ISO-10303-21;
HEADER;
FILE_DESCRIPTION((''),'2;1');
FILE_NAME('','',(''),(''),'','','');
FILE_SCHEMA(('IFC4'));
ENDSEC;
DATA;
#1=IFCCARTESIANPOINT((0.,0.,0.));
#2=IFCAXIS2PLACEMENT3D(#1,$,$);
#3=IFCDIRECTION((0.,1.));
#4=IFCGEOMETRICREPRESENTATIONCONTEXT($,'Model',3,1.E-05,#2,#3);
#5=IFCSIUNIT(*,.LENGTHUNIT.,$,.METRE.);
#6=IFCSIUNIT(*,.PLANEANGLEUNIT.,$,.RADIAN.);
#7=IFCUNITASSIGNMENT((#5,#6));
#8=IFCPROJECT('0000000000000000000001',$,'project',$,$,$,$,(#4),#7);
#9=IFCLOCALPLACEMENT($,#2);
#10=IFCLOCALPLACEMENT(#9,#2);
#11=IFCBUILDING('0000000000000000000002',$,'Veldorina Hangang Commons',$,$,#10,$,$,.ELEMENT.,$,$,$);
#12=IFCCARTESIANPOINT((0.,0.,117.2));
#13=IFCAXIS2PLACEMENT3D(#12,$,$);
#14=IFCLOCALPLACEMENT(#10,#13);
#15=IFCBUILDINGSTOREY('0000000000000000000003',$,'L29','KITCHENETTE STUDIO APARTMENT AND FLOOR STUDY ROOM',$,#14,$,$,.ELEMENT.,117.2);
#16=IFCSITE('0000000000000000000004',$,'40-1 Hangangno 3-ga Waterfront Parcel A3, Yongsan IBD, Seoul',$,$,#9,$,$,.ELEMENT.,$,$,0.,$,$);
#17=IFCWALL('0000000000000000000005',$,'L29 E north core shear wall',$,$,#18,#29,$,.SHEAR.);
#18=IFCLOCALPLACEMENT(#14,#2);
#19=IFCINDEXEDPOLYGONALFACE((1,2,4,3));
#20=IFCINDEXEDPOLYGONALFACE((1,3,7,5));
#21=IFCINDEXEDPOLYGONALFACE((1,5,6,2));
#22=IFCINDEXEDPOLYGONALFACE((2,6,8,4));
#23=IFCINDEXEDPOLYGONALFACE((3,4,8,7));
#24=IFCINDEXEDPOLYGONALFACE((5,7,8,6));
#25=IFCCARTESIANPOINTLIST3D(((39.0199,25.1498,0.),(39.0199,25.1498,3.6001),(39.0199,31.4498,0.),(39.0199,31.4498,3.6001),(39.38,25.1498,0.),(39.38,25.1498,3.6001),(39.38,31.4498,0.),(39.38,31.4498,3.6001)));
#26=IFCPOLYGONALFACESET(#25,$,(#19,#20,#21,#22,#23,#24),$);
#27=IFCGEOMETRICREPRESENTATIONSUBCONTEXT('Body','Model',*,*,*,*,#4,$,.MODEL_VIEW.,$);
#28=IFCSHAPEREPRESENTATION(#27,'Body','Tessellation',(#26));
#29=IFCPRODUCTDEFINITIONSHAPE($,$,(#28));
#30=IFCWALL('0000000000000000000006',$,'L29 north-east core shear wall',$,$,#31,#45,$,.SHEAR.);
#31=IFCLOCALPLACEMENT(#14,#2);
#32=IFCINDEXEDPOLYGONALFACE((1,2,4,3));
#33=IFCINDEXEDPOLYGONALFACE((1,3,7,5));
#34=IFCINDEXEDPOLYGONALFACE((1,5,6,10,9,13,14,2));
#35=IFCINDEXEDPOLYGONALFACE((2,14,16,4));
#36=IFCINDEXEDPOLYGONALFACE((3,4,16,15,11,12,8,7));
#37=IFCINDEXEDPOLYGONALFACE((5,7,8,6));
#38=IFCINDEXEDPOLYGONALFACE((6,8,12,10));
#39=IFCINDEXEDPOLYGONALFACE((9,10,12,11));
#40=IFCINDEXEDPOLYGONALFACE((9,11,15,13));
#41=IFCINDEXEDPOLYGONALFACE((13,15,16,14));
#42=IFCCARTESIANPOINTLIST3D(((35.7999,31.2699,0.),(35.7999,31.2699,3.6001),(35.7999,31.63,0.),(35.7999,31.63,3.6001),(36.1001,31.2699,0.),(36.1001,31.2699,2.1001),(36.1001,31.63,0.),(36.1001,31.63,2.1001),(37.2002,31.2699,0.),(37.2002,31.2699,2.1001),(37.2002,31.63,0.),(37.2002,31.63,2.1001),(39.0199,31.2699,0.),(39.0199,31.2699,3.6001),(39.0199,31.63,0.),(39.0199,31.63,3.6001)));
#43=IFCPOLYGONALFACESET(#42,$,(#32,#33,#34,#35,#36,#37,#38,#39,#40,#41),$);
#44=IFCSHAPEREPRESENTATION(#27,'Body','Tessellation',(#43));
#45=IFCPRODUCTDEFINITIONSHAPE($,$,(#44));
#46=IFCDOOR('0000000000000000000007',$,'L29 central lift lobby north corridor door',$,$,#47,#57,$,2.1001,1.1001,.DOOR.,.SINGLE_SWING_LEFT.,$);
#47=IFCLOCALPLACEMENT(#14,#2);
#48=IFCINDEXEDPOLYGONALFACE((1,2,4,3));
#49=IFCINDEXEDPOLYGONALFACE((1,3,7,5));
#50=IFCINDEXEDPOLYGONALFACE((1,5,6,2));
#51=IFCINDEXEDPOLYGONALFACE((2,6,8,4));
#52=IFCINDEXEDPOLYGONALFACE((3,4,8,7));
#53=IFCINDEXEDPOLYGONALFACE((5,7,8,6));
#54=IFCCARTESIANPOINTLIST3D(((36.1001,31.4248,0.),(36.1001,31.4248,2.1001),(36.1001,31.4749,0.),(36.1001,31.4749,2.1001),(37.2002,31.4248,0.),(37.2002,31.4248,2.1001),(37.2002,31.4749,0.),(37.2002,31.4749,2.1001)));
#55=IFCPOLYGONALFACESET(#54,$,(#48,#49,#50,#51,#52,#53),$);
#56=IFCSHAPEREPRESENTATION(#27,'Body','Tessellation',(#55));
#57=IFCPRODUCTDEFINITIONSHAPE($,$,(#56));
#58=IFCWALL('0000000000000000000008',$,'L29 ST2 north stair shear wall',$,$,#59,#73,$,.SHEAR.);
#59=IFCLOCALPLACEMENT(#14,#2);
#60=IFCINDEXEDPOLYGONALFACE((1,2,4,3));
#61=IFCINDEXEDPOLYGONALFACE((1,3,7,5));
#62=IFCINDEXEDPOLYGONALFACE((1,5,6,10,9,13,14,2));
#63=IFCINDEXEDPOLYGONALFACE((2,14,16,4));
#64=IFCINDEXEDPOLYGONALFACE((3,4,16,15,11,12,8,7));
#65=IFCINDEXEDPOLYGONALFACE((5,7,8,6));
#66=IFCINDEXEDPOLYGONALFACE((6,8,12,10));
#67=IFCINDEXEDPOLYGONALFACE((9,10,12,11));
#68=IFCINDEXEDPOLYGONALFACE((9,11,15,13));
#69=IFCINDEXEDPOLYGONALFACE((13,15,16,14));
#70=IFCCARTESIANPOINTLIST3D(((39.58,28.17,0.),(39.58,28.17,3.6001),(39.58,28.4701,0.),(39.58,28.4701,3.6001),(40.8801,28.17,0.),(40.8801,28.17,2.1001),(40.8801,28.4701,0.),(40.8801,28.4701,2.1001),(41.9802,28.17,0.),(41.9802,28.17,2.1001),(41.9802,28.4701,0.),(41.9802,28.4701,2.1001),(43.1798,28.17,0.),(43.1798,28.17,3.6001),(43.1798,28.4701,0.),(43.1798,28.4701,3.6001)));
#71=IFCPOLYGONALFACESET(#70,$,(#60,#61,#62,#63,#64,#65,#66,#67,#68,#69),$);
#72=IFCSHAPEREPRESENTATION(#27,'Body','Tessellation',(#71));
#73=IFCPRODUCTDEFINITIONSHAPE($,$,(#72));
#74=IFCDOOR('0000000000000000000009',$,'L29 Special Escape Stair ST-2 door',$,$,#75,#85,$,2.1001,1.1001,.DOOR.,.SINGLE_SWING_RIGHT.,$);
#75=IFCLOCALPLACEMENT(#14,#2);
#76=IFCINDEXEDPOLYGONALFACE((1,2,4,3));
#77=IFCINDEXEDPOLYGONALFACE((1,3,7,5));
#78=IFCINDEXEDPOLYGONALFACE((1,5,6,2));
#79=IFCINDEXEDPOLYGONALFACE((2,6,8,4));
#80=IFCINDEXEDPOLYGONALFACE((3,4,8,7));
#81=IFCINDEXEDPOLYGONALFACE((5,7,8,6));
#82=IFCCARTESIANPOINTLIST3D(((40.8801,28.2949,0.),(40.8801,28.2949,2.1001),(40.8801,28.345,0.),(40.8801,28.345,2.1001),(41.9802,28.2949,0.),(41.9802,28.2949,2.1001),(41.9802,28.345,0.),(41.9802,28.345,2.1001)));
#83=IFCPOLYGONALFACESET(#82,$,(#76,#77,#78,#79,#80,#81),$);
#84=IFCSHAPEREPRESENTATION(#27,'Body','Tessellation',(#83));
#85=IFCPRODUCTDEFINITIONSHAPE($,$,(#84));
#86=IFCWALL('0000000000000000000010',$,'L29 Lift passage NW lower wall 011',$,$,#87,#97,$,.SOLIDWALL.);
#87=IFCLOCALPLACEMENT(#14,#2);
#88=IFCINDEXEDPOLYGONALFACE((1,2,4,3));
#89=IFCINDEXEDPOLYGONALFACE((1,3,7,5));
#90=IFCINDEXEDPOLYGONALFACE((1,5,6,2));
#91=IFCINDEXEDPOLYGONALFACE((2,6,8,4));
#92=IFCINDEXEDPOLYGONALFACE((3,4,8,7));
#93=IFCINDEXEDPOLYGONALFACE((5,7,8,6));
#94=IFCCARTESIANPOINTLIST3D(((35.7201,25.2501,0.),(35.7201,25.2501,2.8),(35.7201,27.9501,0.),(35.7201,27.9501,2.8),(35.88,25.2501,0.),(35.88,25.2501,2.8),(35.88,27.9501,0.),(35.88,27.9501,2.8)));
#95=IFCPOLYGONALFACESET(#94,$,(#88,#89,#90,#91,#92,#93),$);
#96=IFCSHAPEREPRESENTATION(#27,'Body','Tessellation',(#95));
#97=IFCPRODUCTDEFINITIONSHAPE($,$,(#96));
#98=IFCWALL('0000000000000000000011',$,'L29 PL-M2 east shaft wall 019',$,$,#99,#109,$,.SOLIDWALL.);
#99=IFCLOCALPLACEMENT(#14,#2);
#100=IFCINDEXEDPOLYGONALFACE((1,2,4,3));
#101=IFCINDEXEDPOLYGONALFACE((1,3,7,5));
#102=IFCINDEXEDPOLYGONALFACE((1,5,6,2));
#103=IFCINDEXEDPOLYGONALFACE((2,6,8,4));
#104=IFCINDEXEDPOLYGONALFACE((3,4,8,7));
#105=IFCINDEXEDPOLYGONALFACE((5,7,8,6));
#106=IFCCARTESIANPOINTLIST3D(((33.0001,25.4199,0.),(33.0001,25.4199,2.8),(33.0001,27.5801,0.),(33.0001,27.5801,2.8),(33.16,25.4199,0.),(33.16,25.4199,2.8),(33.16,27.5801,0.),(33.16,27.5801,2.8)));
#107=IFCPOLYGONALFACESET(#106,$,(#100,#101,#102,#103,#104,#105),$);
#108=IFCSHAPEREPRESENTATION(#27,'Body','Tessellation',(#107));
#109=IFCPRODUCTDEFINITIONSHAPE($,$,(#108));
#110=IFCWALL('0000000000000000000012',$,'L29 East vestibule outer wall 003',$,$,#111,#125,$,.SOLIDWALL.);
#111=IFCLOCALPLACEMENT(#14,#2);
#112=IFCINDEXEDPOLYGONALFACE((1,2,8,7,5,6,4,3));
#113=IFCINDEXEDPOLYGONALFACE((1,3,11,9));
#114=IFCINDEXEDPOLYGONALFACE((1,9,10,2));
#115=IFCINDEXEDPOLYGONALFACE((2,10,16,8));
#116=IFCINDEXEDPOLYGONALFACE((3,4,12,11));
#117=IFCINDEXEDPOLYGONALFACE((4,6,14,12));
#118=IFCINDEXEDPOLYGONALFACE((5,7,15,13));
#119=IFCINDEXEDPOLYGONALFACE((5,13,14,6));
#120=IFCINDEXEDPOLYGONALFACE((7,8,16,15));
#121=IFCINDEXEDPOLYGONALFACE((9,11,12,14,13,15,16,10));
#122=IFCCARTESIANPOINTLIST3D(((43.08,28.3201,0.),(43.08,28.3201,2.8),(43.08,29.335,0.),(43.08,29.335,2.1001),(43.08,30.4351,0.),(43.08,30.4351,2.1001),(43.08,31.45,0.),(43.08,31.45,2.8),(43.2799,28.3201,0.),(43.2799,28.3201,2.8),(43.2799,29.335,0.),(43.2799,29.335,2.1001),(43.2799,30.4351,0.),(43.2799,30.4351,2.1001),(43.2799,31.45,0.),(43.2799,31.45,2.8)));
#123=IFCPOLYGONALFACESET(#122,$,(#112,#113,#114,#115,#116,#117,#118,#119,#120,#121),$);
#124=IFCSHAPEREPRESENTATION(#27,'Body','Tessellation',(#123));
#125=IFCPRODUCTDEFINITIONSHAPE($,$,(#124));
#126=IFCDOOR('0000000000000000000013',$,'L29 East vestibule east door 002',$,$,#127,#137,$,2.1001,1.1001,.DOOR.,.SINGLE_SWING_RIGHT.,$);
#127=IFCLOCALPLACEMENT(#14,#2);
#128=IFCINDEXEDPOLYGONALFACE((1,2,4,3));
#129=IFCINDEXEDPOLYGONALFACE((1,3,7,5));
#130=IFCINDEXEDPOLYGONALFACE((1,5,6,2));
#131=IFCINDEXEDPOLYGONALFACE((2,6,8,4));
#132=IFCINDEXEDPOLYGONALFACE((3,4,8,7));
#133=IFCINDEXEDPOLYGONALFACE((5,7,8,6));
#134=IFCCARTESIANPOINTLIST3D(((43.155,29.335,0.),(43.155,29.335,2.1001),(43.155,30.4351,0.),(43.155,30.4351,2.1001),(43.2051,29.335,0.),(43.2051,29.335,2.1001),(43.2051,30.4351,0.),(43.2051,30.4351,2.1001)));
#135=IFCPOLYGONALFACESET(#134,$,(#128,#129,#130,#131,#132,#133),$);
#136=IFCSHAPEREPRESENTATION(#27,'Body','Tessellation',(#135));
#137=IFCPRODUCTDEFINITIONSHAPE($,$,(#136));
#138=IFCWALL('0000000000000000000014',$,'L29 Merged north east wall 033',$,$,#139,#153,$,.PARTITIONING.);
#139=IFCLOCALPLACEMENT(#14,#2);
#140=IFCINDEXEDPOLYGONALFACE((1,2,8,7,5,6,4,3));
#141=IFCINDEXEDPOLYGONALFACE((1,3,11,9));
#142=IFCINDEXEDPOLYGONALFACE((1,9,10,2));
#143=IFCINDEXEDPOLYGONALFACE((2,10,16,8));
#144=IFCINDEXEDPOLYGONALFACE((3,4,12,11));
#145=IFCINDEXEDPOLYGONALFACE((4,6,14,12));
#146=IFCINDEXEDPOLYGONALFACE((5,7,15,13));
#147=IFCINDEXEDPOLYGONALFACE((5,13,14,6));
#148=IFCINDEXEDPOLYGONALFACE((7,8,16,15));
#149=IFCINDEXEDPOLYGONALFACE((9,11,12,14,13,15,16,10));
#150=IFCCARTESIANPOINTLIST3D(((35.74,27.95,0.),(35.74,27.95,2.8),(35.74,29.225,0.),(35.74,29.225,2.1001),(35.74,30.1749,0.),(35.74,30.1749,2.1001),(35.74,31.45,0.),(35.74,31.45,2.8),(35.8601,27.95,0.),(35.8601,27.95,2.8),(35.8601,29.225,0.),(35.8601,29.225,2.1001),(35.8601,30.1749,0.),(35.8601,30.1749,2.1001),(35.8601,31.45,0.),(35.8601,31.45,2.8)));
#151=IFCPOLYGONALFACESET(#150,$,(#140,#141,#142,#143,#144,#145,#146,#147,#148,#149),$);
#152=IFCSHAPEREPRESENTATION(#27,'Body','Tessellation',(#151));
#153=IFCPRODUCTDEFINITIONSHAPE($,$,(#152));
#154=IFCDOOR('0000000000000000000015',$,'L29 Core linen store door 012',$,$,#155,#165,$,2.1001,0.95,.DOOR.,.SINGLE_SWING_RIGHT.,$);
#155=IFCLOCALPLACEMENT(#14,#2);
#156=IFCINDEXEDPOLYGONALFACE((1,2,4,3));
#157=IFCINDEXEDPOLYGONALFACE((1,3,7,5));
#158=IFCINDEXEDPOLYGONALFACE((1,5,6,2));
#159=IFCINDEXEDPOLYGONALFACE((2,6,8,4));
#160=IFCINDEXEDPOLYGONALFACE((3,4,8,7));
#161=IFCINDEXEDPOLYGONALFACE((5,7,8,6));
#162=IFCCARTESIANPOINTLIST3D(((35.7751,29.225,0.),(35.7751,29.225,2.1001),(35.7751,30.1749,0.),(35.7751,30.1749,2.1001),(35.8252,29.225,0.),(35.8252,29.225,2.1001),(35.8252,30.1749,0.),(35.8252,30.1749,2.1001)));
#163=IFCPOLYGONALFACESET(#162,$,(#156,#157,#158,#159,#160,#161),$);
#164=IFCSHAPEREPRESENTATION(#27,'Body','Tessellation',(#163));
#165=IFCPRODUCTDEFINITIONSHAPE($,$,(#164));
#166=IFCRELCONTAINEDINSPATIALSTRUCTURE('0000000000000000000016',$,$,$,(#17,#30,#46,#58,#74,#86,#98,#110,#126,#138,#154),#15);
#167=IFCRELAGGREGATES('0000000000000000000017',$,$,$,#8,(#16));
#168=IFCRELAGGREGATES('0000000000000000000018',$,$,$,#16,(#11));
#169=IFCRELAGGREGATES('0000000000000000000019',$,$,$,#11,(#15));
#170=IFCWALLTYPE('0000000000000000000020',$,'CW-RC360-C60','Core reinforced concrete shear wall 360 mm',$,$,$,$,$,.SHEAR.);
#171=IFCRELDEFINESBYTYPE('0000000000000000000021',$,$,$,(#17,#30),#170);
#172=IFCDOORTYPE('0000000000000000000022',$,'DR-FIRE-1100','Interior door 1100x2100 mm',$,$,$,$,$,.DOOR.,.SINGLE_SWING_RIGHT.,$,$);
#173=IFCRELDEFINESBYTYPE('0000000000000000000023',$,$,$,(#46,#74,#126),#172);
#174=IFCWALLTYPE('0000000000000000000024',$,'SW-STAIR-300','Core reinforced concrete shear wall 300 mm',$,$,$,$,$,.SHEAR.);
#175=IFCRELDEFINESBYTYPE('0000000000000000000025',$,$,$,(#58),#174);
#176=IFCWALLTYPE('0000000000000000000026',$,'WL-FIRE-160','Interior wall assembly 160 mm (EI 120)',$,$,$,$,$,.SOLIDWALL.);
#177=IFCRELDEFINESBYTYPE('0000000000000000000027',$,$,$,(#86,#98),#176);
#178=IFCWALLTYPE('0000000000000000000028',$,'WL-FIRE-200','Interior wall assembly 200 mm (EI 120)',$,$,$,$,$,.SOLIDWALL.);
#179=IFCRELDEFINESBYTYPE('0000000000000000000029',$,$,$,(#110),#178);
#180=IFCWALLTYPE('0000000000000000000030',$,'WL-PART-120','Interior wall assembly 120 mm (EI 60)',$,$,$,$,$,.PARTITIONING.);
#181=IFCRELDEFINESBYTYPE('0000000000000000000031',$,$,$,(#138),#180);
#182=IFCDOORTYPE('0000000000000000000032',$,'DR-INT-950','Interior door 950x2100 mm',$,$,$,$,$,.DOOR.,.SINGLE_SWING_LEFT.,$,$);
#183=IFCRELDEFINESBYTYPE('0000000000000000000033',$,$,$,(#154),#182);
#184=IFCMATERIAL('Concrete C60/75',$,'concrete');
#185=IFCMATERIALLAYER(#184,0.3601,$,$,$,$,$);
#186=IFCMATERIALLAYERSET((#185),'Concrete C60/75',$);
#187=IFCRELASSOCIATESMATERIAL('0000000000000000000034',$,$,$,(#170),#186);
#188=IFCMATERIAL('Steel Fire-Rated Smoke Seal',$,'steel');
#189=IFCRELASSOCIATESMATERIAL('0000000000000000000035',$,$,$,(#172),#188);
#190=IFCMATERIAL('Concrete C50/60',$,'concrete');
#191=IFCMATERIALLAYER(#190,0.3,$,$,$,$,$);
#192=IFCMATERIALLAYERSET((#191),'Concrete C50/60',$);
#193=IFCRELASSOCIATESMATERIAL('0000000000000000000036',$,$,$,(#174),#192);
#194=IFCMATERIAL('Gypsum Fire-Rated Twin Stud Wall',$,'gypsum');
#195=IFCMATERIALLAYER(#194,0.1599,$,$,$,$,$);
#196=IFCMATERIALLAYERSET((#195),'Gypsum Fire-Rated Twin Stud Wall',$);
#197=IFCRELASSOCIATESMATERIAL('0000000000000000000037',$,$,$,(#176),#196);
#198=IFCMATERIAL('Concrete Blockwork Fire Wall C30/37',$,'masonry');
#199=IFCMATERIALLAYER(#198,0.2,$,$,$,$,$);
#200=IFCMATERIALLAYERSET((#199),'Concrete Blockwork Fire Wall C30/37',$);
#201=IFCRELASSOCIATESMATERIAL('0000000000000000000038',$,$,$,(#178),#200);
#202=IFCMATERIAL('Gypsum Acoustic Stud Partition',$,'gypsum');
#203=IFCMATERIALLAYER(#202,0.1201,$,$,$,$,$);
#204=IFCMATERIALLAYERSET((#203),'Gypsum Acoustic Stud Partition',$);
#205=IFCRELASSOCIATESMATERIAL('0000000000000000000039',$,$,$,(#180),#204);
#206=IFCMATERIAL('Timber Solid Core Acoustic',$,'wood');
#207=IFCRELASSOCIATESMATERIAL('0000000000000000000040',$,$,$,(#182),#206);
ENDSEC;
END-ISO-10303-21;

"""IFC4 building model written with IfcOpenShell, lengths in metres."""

from ifc_helpers import new_model, si_unit, direction, frame, frame_2d, origin, place, context, subcontext, project, spatial, rectangle, extrude, material, layer, layer_set, type_object, element, fill, save


model = new_model("IFC4")

# Units and contexts
model_context = context("Model", 3, precision=1e-05, world=origin(), true_north=direction((0.0, 1.0)))
body_context = subcontext(model_context, "Body", "Model", "MODEL_VIEW")
ifc_project = project(units=[si_unit("LENGTHUNIT", "METRE"), si_unit("PLANEANGLEUNIT", "RADIAN")], contexts=[model_context])

# Site, building, storey
site_placement = place(None, origin())
site = spatial("IfcSite", under=ifc_project, at=site_placement, Name="40-1 Hangangno 3-ga Waterfront Parcel A3, Yongsan IBD, Seoul", CompositionType="ELEMENT", RefElevation=0.0)
building_placement = place(site_placement, origin())
building = spatial("IfcBuilding", under=site, at=building_placement, Name="Veldorina Hangang Commons", CompositionType="ELEMENT")
storey_placement = place(building_placement, frame((0.0, 0.0, 117.2)))
storey = spatial("IfcBuildingStorey", under=building, at=storey_placement, Name="L29", Description="KITCHENETTE STUDIO APARTMENT AND FLOOR STUDY ROOM", CompositionType="ELEMENT", Elevation=117.2)

# Wall
ifc_material_1 = material(Name="Concrete C60/75", Category="concrete")
ifc_layer_1 = layer(ifc_material_1, 0.3601)
ifc_layer_set_1 = layer_set([ifc_layer_1], Name="Concrete C60/75")
wall_type_1 = type_object("IfcWallType", Name="CW-RC360-C60", Description="Core reinforced concrete shear wall 360 mm", PredefinedType="SHEAR", material=ifc_layer_set_1)
wall_1_placement = place(storey_placement, frame((39.2, 25.1499, 0.0), z_axis=(0.0, 0.0, 1.0), x_axis=(0.0, 1.0, 0.0)))
element("IfcWall", 1, at=wall_1_placement, inside=storey, type_object=wall_type_1, Name="L29 E north core shear wall", PredefinedType="SHEAR", context=body_context, shape_type="SweptSolid", body=[
    extrude(rectangle(XDim=6.3, YDim=0.3601, at=frame_2d((3.1499, 0.0))), origin(), (0.0, 0.0, 1.0), 3.6001),
])

# Walls, openings, doors
wall_2_placement = place(storey_placement, frame((35.8, 31.45, 0.0), z_axis=(0.0, 0.0, 1.0), x_axis=(1.0, 0.0, 0.0)))
wall_2 = element("IfcWall", 2, at=wall_2_placement, inside=storey, type_object=wall_type_1, Name="L29 north-east core shear wall", PredefinedType="SHEAR", context=body_context, shape_type="SweptSolid", body=[
    extrude(rectangle(XDim=3.22, YDim=0.3601, at=frame_2d((1.6099, 0.0))), origin(), (0.0, 0.0, 1.0), 3.6001),
])
opening_1_placement = place(wall_2_placement, frame((0.3, 0.0, 0.0)))
opening_1 = element("IfcOpeningElement", 3, at=opening_1_placement, cuts=wall_2, PredefinedType="OPENING", context=body_context, shape_type="SweptSolid", body=[
    extrude(rectangle(XDim=1.1001, YDim=2.1001, at=frame_2d((0.55, 1.05))), frame((0.0, 0.1899, 0.0), z_axis=(0.0, -1.0, 0.0), x_axis=(1.0, 0.0, 0.0)), (0.0, 0.0, 1.0), 0.3801),
])
ifc_material_2 = material(Name="Steel Fire-Rated Smoke Seal", Category="steel")
door_type_1 = type_object("IfcDoorType", Name="DR-FIRE-1100", Description="Interior door 1100x2100 mm", OperationType="SINGLE_SWING_RIGHT", PredefinedType="DOOR", material=ifc_material_2)
door_1_placement = place(opening_1_placement, origin())
door_1 = element("IfcDoor", 4, at=door_1_placement, inside=storey, type_object=door_type_1, Name="L29 central lift lobby north corridor door", OperationType="SINGLE_SWING_LEFT", OverallHeight=2.1001, OverallWidth=1.1001, PredefinedType="DOOR", context=body_context, shape_type="SweptSolid", body=[
    extrude(rectangle(XDim=1.1001, YDim=2.1001, at=frame_2d((0.55, 1.05))), frame((0.0, 0.0249, 0.0), z_axis=(0.0, -1.0, 0.0), x_axis=(1.0, 0.0, 0.0)), (0.0, 0.0, 1.0), 0.05),
])
fill(opening_1, door_1)
ifc_material_3 = material(Name="Concrete C50/60", Category="concrete")
ifc_layer_2 = layer(ifc_material_3, 0.3)
ifc_layer_set_2 = layer_set([ifc_layer_2], Name="Concrete C50/60")
wall_type_2 = type_object("IfcWallType", Name="SW-STAIR-300", Description="Core reinforced concrete shear wall 300 mm", PredefinedType="SHEAR", material=ifc_layer_set_2)
wall_3_placement = place(storey_placement, frame((39.5801, 28.3201, 0.0), z_axis=(0.0, 0.0, 1.0), x_axis=(1.0, 0.0, 0.0)))
wall_3 = element("IfcWall", 5, at=wall_3_placement, inside=storey, type_object=wall_type_2, Name="L29 ST2 north stair shear wall", PredefinedType="SHEAR", context=body_context, shape_type="SweptSolid", body=[
    extrude(rectangle(XDim=3.5999, YDim=0.3, at=frame_2d((1.7998, 0.0))), origin(), (0.0, 0.0, 1.0), 3.6001),
])
opening_2_placement = place(wall_3_placement, frame((1.3, 0.0, 0.0)))
opening_2 = element("IfcOpeningElement", 6, at=opening_2_placement, cuts=wall_3, PredefinedType="OPENING", context=body_context, shape_type="SweptSolid", body=[
    extrude(rectangle(XDim=1.1001, YDim=2.1001, at=frame_2d((0.55, 1.05))), frame((0.0, 0.1602, 0.0), z_axis=(0.0, -1.0, 0.0), x_axis=(1.0, 0.0, 0.0)), (0.0, 0.0, 1.0), 0.3201),
])
door_2_placement = place(opening_2_placement, origin())
door_2 = element("IfcDoor", 7, at=door_2_placement, inside=storey, type_object=door_type_1, Name="L29 Special Escape Stair ST-2 door", OperationType="SINGLE_SWING_RIGHT", OverallHeight=2.1001, OverallWidth=1.1001, PredefinedType="DOOR", context=body_context, shape_type="SweptSolid", body=[
    extrude(rectangle(XDim=1.1001, YDim=2.1001, at=frame_2d((0.55, 1.05))), frame((0.0, 0.0249, 0.0), z_axis=(0.0, -1.0, 0.0), x_axis=(1.0, 0.0, 0.0)), (0.0, 0.0, 1.0), 0.05),
])
fill(opening_2, door_2)

# Walls
ifc_material_4 = material(Name="Gypsum Fire-Rated Twin Stud Wall", Category="gypsum")
ifc_layer_3 = layer(ifc_material_4, 0.1599)
ifc_layer_set_3 = layer_set([ifc_layer_3], Name="Gypsum Fire-Rated Twin Stud Wall")
wall_type_3 = type_object("IfcWallType", Name="WL-FIRE-160", Description="Interior wall assembly 160 mm (EI 120)", PredefinedType="SOLIDWALL", material=ifc_layer_set_3)
wall_4_placement = place(storey_placement, frame((35.8, 25.25, 0.0), z_axis=(0.0, 0.0, 1.0), x_axis=(0.0, 1.0, 0.0)))
element("IfcWall", 8, at=wall_4_placement, inside=storey, type_object=wall_type_3, Name="L29 Lift passage NW lower wall 011", PredefinedType="SOLIDWALL", context=body_context, shape_type="SweptSolid", body=[
    extrude(rectangle(XDim=2.7, YDim=0.1599, at=frame_2d((1.3501, 0.0))), origin(), (0.0, 0.0, 1.0), 2.8),
])
wall_5_placement = place(storey_placement, frame((33.0801, 25.4199, 0.0), z_axis=(0.0, 0.0, 1.0), x_axis=(0.0, 1.0, 0.0)))
element("IfcWall", 9, at=wall_5_placement, inside=storey, type_object=wall_type_3, Name="L29 PL-M2 east shaft wall 019", PredefinedType="SOLIDWALL", context=body_context, shape_type="SweptSolid", body=[
    extrude(rectangle(XDim=2.1602, YDim=0.1599, at=frame_2d((1.0801, 0.0))), origin(), (0.0, 0.0, 1.0), 2.8),
])

# Walls, openings, doors
ifc_material_5 = material(Name="Concrete Blockwork Fire Wall C30/37", Category="masonry")
ifc_layer_4 = layer(ifc_material_5, 0.2)
ifc_layer_set_4 = layer_set([ifc_layer_4], Name="Concrete Blockwork Fire Wall C30/37")
wall_type_4 = type_object("IfcWallType", Name="WL-FIRE-200", Description="Interior wall assembly 200 mm (EI 120)", PredefinedType="SOLIDWALL", material=ifc_layer_set_4)
wall_6_placement = place(storey_placement, frame((43.1799, 28.3201, 0.0), z_axis=(0.0, 0.0, 1.0), x_axis=(0.0, 1.0, 0.0)))
wall_6 = element("IfcWall", 10, at=wall_6_placement, inside=storey, type_object=wall_type_4, Name="L29 East vestibule outer wall 003", PredefinedType="SOLIDWALL", context=body_context, shape_type="SweptSolid", body=[
    extrude(rectangle(XDim=3.1299, YDim=0.2, at=frame_2d((1.5649, 0.0))), origin(), (0.0, 0.0, 1.0), 2.8),
])
opening_3_placement = place(wall_6_placement, frame((1.0149, 0.0, 0.0)))
opening_3 = element("IfcOpeningElement", 11, at=opening_3_placement, cuts=wall_6, PredefinedType="OPENING", context=body_context, shape_type="SweptSolid", body=[
    extrude(rectangle(XDim=1.1001, YDim=2.1001, at=frame_2d((0.55, 1.05))), frame((0.0, 0.1099, 0.0), z_axis=(0.0, -1.0, 0.0), x_axis=(1.0, 0.0, 0.0)), (0.0, 0.0, 1.0), 0.22),
])
door_3_placement = place(opening_3_placement, origin())
door_3 = element("IfcDoor", 12, at=door_3_placement, inside=storey, type_object=door_type_1, Name="L29 East vestibule east door 002", OperationType="SINGLE_SWING_RIGHT", OverallHeight=2.1001, OverallWidth=1.1001, PredefinedType="DOOR", context=body_context, shape_type="SweptSolid", body=[
    extrude(rectangle(XDim=1.1001, YDim=2.1001, at=frame_2d((0.55, 1.05))), frame((0.0, 0.0249, 0.0), z_axis=(0.0, -1.0, 0.0), x_axis=(1.0, 0.0, 0.0)), (0.0, 0.0, 1.0), 0.05),
])
fill(opening_3, door_3)
ifc_material_6 = material(Name="Gypsum Acoustic Stud Partition", Category="gypsum")
ifc_layer_5 = layer(ifc_material_6, 0.1201)
ifc_layer_set_5 = layer_set([ifc_layer_5], Name="Gypsum Acoustic Stud Partition")
wall_type_5 = type_object("IfcWallType", Name="WL-PART-120", Description="Interior wall assembly 120 mm (EI 60)", PredefinedType="PARTITIONING", material=ifc_layer_set_5)
wall_7_placement = place(storey_placement, frame((35.8, 27.95, 0.0), z_axis=(0.0, 0.0, 1.0), x_axis=(0.0, 1.0, 0.0)))
wall_7 = element("IfcWall", 13, at=wall_7_placement, inside=storey, type_object=wall_type_5, Name="L29 Merged north east wall 033", PredefinedType="PARTITIONING", context=body_context, shape_type="SweptSolid", body=[
    extrude(rectangle(XDim=3.5, YDim=0.1201, at=frame_2d((1.75, 0.0))), origin(), (0.0, 0.0, 1.0), 2.8),
])
opening_4_placement = place(wall_7_placement, frame((1.2749, 0.0, 0.0)))
opening_4 = element("IfcOpeningElement", 14, at=opening_4_placement, cuts=wall_7, PredefinedType="OPENING", context=body_context, shape_type="SweptSolid", body=[
    extrude(rectangle(XDim=0.95, YDim=2.1001, at=frame_2d((0.4751, 1.05))), frame((0.0, 0.0701, 0.0), z_axis=(0.0, -1.0, 0.0), x_axis=(1.0, 0.0, 0.0)), (0.0, 0.0, 1.0), 0.1401),
])
ifc_material_7 = material(Name="Timber Solid Core Acoustic", Category="wood")
door_type_2 = type_object("IfcDoorType", Name="DR-INT-950", Description="Interior door 950x2100 mm", OperationType="SINGLE_SWING_LEFT", PredefinedType="DOOR", material=ifc_material_7)
door_4_placement = place(opening_4_placement, origin())
door_4 = element("IfcDoor", 15, at=door_4_placement, inside=storey, type_object=door_type_2, Name="L29 Core linen store door 012", OperationType="SINGLE_SWING_RIGHT", OverallHeight=2.1001, OverallWidth=0.95, PredefinedType="DOOR", context=body_context, shape_type="SweptSolid", body=[
    extrude(rectangle(XDim=0.95, YDim=2.1001, at=frame_2d((0.4751, 1.05))), frame((0.0, 0.0249, 0.0), z_axis=(0.0, -1.0, 0.0), x_axis=(1.0, 0.0, 0.0)), (0.0, 0.0, 1.0), 0.05),
])
fill(opening_4, door_4)

save(model, "model.ifc")
